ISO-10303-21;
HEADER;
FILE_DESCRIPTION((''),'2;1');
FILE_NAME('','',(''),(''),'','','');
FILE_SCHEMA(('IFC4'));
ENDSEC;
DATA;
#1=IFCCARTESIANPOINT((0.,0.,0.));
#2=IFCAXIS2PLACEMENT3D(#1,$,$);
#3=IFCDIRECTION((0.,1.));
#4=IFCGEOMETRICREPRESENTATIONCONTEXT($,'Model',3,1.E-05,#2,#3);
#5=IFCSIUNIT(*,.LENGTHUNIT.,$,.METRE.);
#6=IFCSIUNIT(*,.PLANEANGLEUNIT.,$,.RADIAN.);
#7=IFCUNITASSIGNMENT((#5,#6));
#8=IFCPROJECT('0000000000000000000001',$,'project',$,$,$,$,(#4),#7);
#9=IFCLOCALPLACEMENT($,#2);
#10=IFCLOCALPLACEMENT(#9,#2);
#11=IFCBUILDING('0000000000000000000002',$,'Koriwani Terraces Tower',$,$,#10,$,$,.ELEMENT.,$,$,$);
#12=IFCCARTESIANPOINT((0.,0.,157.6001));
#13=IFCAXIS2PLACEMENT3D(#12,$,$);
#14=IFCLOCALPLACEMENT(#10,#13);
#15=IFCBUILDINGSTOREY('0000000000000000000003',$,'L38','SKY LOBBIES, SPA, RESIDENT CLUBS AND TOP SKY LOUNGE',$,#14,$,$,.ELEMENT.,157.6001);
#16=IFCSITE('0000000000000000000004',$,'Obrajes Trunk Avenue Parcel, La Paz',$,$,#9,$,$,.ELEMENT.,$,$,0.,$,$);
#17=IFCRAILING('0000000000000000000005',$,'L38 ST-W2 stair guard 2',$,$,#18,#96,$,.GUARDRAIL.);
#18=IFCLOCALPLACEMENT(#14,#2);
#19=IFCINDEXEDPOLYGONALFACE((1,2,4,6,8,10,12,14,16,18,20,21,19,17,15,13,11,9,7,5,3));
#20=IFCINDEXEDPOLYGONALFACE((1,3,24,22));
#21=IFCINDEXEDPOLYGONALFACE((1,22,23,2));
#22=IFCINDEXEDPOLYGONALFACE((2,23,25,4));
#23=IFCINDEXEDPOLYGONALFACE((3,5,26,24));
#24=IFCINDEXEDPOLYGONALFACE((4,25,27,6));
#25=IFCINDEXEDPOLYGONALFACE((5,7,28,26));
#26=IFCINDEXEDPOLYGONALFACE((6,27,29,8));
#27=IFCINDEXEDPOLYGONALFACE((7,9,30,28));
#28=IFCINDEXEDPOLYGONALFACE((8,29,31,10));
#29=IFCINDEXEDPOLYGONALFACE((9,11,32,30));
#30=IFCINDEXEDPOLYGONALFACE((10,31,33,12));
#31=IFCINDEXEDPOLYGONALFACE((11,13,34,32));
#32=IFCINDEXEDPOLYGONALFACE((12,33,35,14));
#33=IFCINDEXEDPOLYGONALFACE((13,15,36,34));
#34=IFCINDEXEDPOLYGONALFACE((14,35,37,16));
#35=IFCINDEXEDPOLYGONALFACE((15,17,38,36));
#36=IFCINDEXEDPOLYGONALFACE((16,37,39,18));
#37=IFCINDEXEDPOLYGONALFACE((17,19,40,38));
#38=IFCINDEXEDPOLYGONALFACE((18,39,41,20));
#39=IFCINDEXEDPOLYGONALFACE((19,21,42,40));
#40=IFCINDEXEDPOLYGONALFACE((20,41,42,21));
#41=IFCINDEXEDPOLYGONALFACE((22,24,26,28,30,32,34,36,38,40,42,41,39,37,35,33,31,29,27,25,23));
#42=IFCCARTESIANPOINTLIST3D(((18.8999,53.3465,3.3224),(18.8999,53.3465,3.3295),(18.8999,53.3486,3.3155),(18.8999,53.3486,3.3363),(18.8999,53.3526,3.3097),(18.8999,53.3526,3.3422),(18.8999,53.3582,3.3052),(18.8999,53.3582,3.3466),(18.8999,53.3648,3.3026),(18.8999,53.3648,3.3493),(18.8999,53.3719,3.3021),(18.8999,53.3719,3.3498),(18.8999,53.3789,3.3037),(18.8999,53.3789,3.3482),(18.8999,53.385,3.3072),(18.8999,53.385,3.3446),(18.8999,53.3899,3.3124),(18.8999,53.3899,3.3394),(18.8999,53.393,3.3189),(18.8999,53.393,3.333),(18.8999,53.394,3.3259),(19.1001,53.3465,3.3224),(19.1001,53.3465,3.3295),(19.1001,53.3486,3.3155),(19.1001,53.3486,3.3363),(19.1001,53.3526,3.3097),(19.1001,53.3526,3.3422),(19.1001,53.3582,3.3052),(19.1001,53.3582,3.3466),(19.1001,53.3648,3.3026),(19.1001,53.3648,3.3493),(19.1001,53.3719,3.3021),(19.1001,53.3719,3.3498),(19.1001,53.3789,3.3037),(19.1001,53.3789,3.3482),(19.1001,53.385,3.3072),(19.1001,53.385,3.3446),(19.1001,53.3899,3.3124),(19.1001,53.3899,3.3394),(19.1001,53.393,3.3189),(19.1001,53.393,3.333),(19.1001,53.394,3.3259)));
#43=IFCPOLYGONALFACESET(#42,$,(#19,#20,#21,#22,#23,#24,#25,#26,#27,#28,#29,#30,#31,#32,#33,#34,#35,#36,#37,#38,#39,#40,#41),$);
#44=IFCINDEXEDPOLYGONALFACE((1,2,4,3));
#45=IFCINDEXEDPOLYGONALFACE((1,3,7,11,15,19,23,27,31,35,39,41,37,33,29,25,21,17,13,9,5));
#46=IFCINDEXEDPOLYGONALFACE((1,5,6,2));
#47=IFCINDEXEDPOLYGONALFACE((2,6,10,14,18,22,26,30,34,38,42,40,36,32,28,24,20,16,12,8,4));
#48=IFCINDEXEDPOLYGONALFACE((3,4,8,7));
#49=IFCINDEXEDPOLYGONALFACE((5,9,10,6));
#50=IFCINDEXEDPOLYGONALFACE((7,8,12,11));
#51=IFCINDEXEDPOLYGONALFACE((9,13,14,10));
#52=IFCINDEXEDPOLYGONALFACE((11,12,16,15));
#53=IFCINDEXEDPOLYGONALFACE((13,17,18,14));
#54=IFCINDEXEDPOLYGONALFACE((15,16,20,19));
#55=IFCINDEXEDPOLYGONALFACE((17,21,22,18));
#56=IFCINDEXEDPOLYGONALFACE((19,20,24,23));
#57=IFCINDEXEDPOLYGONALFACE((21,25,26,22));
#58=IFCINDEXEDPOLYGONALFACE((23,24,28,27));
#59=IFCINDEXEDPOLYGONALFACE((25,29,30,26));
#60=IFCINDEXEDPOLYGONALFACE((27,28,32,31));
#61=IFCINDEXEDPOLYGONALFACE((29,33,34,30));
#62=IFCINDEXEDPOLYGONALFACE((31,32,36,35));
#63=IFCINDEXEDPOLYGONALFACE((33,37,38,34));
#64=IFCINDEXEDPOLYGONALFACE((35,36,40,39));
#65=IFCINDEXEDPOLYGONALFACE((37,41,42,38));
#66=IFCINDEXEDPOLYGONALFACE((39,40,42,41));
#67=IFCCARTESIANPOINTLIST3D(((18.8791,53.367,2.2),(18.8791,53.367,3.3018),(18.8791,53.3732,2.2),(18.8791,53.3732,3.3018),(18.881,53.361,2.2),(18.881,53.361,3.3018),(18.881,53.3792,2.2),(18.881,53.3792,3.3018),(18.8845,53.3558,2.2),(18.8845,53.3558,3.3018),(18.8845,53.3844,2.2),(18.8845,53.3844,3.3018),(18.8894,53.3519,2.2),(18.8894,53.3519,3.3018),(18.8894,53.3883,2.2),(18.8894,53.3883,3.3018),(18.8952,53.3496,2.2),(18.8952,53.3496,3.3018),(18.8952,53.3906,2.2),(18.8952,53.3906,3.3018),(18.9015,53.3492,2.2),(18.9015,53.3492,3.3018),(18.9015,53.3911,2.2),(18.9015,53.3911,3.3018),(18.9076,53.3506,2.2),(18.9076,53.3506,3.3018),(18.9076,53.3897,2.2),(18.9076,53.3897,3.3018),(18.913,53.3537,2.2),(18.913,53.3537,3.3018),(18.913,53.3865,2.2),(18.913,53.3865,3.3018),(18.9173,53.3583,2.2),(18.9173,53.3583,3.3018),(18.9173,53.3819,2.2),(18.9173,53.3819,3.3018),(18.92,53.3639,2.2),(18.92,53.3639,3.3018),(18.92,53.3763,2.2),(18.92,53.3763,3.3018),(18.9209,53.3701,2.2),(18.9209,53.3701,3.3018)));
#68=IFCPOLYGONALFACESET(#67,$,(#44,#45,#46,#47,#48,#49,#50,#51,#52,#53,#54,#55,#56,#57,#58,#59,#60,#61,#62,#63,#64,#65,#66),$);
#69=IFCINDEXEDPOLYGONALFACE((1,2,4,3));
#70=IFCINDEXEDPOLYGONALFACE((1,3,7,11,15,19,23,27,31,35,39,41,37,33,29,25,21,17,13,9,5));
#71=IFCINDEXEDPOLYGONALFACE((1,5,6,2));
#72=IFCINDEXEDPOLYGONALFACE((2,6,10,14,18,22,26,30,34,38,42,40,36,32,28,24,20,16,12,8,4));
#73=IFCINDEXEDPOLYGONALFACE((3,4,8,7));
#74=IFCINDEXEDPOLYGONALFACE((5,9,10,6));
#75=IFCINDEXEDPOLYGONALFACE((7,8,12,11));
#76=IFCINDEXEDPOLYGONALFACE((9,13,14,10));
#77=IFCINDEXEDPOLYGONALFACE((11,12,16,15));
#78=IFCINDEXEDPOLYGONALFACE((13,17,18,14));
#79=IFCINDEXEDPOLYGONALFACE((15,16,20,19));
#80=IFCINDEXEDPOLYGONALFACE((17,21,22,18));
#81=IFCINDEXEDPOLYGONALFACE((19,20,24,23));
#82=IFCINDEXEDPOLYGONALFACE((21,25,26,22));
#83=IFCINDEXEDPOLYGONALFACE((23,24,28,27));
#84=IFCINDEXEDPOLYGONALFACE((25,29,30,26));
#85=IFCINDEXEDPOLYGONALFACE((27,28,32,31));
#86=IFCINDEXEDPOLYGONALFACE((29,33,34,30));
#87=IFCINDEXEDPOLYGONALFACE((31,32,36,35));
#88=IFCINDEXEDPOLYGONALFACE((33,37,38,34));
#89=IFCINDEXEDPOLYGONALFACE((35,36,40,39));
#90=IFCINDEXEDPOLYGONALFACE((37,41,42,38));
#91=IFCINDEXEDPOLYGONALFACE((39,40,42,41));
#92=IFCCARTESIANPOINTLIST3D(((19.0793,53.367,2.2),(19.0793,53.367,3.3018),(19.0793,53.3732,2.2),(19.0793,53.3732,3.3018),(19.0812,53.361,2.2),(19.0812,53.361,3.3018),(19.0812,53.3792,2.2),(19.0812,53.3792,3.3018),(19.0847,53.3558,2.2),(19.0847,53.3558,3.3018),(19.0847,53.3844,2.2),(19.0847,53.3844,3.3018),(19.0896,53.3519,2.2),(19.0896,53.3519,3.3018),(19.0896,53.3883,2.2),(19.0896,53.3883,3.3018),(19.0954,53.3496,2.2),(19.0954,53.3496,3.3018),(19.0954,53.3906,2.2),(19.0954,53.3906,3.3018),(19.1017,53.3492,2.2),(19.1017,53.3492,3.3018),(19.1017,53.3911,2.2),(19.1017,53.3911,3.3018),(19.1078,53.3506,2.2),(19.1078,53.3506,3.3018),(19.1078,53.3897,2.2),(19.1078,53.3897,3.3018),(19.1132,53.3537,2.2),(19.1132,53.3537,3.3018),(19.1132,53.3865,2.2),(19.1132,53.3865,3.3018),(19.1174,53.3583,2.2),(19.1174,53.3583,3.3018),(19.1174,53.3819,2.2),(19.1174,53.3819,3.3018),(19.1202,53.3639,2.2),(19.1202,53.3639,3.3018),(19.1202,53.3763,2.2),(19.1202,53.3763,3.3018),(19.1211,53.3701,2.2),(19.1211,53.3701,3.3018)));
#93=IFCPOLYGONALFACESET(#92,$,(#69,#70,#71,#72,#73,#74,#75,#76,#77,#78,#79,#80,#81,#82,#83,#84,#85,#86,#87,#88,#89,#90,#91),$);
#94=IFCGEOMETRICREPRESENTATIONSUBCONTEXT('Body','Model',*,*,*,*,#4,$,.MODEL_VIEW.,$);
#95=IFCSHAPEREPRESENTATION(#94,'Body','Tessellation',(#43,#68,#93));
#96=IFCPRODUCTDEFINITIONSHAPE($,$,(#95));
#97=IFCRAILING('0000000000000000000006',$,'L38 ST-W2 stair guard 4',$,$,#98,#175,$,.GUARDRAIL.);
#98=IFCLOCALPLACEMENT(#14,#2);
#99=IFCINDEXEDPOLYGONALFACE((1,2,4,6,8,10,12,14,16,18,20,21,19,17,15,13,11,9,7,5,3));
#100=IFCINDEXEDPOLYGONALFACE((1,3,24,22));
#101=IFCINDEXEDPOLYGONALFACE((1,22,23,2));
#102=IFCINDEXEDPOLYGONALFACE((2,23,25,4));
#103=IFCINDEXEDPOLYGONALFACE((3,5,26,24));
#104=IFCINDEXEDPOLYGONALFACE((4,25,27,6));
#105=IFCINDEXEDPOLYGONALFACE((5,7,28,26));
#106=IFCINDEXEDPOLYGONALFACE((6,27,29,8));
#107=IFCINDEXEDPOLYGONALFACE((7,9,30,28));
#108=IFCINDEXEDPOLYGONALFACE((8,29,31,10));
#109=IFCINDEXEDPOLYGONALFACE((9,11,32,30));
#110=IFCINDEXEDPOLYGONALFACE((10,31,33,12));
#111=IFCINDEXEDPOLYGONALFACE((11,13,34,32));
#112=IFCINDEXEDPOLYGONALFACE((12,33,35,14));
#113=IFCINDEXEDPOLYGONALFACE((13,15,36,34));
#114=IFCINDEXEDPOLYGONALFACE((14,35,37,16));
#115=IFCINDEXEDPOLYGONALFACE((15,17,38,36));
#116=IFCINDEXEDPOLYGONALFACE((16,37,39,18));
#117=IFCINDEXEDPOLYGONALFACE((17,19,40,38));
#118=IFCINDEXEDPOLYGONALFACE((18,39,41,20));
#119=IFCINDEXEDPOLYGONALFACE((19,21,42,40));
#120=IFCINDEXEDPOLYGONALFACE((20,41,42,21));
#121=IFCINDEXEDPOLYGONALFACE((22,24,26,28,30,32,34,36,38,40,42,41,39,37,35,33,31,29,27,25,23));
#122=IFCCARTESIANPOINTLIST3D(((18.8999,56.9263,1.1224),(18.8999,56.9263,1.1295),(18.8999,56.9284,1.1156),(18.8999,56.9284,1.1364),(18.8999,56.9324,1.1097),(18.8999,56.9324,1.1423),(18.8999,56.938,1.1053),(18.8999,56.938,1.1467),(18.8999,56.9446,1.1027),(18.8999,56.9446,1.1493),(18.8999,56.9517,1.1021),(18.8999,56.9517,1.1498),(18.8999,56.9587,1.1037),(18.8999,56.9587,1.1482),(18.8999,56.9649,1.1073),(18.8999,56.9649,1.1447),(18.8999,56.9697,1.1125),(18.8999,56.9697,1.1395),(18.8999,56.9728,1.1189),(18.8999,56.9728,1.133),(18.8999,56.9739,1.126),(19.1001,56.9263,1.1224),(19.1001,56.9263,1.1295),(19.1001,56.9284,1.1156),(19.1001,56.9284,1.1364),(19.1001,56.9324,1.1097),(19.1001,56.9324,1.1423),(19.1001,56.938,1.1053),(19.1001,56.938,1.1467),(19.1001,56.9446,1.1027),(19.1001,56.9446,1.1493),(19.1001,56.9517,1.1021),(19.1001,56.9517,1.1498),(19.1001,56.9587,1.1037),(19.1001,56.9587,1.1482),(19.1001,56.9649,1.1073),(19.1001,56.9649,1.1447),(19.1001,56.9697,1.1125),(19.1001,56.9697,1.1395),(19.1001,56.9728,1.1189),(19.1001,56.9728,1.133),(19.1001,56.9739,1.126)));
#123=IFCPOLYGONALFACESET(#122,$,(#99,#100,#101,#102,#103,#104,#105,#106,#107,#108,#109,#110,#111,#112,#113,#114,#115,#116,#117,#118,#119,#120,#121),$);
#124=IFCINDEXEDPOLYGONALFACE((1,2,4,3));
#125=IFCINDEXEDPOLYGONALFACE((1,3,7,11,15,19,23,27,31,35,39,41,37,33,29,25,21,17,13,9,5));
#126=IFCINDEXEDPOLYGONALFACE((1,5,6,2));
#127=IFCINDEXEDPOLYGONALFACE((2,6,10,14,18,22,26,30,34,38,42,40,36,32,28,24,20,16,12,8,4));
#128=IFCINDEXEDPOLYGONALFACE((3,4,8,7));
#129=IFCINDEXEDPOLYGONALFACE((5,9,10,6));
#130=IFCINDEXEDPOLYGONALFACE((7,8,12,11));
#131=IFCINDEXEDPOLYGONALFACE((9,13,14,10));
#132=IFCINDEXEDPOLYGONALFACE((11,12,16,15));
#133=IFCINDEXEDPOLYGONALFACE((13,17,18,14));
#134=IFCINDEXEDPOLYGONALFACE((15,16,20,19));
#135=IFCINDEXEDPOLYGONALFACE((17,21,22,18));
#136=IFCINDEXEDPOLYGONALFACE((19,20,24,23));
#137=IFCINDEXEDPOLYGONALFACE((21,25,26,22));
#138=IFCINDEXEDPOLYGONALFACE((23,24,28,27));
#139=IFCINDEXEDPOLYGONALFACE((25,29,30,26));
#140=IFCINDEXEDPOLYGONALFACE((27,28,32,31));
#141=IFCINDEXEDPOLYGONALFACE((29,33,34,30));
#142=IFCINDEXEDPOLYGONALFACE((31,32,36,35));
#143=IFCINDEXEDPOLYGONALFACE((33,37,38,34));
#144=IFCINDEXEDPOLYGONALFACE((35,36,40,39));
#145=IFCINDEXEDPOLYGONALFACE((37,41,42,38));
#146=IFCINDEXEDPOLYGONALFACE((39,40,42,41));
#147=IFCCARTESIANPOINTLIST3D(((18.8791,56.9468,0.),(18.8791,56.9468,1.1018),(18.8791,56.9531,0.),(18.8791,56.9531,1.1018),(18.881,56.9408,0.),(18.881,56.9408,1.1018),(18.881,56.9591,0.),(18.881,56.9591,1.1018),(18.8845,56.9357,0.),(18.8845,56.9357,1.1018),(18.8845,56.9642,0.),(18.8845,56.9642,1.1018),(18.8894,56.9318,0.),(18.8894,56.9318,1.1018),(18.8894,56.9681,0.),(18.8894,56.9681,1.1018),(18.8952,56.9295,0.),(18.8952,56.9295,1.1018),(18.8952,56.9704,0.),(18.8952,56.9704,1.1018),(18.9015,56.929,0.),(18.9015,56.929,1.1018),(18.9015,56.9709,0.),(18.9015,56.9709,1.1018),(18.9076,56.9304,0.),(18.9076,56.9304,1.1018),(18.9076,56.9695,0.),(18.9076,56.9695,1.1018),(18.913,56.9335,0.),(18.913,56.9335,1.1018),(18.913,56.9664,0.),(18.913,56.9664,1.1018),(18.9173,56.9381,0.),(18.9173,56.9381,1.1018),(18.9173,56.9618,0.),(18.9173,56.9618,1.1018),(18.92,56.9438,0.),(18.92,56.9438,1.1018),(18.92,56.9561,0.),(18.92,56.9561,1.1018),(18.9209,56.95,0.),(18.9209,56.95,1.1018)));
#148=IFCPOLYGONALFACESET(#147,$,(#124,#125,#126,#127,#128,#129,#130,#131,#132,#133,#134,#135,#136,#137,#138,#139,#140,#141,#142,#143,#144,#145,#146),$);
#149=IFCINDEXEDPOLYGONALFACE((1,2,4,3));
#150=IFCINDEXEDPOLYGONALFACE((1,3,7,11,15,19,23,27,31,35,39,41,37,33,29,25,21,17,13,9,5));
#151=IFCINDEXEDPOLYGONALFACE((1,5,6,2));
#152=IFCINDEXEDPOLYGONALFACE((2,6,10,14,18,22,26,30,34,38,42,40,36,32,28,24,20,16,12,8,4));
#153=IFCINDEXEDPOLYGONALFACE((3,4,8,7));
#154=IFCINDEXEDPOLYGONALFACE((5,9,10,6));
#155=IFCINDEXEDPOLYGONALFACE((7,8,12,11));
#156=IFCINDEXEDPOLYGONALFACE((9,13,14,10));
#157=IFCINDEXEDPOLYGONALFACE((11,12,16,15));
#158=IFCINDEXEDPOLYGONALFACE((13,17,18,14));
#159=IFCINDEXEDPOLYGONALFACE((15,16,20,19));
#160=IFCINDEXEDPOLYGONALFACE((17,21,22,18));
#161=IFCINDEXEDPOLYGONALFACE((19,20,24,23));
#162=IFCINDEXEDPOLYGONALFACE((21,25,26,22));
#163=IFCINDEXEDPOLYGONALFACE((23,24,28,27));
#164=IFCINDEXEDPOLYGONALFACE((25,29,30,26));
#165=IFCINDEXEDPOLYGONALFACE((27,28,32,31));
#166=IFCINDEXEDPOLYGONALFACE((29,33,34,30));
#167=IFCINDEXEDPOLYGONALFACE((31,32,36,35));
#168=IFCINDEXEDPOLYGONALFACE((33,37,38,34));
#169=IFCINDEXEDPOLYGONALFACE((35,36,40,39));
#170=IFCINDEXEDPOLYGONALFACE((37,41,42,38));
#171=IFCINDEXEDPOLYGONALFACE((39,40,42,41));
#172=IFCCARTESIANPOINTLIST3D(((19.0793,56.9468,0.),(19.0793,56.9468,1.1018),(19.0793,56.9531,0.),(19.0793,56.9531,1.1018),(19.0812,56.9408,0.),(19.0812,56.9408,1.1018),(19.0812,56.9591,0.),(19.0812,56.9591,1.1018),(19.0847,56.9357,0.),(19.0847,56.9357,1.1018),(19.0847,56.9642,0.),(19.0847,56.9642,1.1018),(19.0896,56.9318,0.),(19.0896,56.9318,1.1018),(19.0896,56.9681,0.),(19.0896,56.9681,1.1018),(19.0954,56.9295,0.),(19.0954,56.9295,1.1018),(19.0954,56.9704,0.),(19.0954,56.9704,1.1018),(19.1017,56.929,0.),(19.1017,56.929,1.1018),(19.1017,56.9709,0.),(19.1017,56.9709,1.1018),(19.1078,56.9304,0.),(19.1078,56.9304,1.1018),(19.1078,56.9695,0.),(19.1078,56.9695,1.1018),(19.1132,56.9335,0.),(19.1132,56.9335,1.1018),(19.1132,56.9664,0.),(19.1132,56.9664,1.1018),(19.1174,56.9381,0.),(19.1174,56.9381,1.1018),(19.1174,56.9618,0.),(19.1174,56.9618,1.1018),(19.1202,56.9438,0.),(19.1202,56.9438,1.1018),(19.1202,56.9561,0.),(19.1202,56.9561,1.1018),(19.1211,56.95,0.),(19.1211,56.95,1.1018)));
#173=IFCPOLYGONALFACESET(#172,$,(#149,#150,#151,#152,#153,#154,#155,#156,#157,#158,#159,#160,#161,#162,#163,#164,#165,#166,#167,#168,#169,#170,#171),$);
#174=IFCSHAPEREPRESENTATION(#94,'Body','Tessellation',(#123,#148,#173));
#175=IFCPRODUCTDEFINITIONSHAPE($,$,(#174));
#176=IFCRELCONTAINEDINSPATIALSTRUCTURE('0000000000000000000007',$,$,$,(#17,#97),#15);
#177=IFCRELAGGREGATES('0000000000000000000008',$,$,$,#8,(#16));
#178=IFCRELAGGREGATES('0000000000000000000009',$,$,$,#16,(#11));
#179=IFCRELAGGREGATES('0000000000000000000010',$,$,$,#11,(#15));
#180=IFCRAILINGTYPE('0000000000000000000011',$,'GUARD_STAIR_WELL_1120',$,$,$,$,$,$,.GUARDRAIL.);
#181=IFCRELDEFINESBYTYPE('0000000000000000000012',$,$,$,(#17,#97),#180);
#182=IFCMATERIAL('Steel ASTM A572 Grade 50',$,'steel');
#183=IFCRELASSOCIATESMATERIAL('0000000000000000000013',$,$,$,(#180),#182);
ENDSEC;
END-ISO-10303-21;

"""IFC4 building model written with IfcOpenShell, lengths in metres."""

from ifc_helpers import new_model, si_unit, direction, frame, origin, origin_2d, place, context, subcontext, project, spatial, circle, extrude, material, type_object, element, save


model = new_model("IFC4")

# Units and contexts
model_context = context("Model", 3, precision=1e-05, world=origin(), true_north=direction((0.0, 1.0)))
body_context = subcontext(model_context, "Body", "Model", "MODEL_VIEW")
ifc_project = project(units=[si_unit("LENGTHUNIT", "METRE"), si_unit("PLANEANGLEUNIT", "RADIAN")], contexts=[model_context])

# Site, building, storey
site_placement = place(None, origin())
site = spatial("IfcSite", under=ifc_project, at=site_placement, Name="Obrajes Trunk Avenue Parcel, La Paz", CompositionType="ELEMENT", RefElevation=0.0)
building_placement = place(site_placement, origin())
building = spatial("IfcBuilding", under=site, at=building_placement, Name="Koriwani Terraces Tower", CompositionType="ELEMENT")
storey_placement = place(building_placement, frame((0.0, 0.0, 157.6001)))
storey = spatial("IfcBuildingStorey", under=building, at=storey_placement, Name="L38", Description="SKY LOBBIES, SPA, RESIDENT CLUBS AND TOP SKY LOUNGE", CompositionType="ELEMENT", Elevation=157.6001)

# Shared definitions
ifc_material_1 = material(Name="Steel ASTM A572 Grade 50", Category="steel")

# Railings
railing_type_1 = type_object("IfcRailingType", Name="GUARD_STAIR_WELL_1120", PredefinedType="GUARDRAIL", material=ifc_material_1)
for number, where, name in (
    (1, (18.8999, 53.3701, 2.2), "L38 ST-W2 stair guard 2"),
    (2, (18.8999, 56.95, 0.0), "L38 ST-W2 stair guard 4"),
):
    element("IfcRailing", number, at=place(storey_placement, frame(where)), inside=storey, type_object=railing_type_1, Name=name, PredefinedType="GUARDRAIL", context=body_context, shape_type="SweptSolid", body=[
        extrude(circle(Radius=0.0239, at=origin_2d()), frame((0.0, 0.0, 1.126), z_axis=(1.0, 0.0, 0.0), x_axis=(0.0, 1.0, 0.0)), (0.0, 0.0, 1.0), 0.2002),
        extrude(circle(Radius=0.021, at=origin_2d()), origin(), (0.0, 0.0, 1.0), 1.1018),
        extrude(circle(Radius=0.021, at=origin_2d()), frame((0.2002, 0.0, 0.0)), (0.0, 0.0, 1.0), 1.1018),
    ])

save(model, "model.ifc")
